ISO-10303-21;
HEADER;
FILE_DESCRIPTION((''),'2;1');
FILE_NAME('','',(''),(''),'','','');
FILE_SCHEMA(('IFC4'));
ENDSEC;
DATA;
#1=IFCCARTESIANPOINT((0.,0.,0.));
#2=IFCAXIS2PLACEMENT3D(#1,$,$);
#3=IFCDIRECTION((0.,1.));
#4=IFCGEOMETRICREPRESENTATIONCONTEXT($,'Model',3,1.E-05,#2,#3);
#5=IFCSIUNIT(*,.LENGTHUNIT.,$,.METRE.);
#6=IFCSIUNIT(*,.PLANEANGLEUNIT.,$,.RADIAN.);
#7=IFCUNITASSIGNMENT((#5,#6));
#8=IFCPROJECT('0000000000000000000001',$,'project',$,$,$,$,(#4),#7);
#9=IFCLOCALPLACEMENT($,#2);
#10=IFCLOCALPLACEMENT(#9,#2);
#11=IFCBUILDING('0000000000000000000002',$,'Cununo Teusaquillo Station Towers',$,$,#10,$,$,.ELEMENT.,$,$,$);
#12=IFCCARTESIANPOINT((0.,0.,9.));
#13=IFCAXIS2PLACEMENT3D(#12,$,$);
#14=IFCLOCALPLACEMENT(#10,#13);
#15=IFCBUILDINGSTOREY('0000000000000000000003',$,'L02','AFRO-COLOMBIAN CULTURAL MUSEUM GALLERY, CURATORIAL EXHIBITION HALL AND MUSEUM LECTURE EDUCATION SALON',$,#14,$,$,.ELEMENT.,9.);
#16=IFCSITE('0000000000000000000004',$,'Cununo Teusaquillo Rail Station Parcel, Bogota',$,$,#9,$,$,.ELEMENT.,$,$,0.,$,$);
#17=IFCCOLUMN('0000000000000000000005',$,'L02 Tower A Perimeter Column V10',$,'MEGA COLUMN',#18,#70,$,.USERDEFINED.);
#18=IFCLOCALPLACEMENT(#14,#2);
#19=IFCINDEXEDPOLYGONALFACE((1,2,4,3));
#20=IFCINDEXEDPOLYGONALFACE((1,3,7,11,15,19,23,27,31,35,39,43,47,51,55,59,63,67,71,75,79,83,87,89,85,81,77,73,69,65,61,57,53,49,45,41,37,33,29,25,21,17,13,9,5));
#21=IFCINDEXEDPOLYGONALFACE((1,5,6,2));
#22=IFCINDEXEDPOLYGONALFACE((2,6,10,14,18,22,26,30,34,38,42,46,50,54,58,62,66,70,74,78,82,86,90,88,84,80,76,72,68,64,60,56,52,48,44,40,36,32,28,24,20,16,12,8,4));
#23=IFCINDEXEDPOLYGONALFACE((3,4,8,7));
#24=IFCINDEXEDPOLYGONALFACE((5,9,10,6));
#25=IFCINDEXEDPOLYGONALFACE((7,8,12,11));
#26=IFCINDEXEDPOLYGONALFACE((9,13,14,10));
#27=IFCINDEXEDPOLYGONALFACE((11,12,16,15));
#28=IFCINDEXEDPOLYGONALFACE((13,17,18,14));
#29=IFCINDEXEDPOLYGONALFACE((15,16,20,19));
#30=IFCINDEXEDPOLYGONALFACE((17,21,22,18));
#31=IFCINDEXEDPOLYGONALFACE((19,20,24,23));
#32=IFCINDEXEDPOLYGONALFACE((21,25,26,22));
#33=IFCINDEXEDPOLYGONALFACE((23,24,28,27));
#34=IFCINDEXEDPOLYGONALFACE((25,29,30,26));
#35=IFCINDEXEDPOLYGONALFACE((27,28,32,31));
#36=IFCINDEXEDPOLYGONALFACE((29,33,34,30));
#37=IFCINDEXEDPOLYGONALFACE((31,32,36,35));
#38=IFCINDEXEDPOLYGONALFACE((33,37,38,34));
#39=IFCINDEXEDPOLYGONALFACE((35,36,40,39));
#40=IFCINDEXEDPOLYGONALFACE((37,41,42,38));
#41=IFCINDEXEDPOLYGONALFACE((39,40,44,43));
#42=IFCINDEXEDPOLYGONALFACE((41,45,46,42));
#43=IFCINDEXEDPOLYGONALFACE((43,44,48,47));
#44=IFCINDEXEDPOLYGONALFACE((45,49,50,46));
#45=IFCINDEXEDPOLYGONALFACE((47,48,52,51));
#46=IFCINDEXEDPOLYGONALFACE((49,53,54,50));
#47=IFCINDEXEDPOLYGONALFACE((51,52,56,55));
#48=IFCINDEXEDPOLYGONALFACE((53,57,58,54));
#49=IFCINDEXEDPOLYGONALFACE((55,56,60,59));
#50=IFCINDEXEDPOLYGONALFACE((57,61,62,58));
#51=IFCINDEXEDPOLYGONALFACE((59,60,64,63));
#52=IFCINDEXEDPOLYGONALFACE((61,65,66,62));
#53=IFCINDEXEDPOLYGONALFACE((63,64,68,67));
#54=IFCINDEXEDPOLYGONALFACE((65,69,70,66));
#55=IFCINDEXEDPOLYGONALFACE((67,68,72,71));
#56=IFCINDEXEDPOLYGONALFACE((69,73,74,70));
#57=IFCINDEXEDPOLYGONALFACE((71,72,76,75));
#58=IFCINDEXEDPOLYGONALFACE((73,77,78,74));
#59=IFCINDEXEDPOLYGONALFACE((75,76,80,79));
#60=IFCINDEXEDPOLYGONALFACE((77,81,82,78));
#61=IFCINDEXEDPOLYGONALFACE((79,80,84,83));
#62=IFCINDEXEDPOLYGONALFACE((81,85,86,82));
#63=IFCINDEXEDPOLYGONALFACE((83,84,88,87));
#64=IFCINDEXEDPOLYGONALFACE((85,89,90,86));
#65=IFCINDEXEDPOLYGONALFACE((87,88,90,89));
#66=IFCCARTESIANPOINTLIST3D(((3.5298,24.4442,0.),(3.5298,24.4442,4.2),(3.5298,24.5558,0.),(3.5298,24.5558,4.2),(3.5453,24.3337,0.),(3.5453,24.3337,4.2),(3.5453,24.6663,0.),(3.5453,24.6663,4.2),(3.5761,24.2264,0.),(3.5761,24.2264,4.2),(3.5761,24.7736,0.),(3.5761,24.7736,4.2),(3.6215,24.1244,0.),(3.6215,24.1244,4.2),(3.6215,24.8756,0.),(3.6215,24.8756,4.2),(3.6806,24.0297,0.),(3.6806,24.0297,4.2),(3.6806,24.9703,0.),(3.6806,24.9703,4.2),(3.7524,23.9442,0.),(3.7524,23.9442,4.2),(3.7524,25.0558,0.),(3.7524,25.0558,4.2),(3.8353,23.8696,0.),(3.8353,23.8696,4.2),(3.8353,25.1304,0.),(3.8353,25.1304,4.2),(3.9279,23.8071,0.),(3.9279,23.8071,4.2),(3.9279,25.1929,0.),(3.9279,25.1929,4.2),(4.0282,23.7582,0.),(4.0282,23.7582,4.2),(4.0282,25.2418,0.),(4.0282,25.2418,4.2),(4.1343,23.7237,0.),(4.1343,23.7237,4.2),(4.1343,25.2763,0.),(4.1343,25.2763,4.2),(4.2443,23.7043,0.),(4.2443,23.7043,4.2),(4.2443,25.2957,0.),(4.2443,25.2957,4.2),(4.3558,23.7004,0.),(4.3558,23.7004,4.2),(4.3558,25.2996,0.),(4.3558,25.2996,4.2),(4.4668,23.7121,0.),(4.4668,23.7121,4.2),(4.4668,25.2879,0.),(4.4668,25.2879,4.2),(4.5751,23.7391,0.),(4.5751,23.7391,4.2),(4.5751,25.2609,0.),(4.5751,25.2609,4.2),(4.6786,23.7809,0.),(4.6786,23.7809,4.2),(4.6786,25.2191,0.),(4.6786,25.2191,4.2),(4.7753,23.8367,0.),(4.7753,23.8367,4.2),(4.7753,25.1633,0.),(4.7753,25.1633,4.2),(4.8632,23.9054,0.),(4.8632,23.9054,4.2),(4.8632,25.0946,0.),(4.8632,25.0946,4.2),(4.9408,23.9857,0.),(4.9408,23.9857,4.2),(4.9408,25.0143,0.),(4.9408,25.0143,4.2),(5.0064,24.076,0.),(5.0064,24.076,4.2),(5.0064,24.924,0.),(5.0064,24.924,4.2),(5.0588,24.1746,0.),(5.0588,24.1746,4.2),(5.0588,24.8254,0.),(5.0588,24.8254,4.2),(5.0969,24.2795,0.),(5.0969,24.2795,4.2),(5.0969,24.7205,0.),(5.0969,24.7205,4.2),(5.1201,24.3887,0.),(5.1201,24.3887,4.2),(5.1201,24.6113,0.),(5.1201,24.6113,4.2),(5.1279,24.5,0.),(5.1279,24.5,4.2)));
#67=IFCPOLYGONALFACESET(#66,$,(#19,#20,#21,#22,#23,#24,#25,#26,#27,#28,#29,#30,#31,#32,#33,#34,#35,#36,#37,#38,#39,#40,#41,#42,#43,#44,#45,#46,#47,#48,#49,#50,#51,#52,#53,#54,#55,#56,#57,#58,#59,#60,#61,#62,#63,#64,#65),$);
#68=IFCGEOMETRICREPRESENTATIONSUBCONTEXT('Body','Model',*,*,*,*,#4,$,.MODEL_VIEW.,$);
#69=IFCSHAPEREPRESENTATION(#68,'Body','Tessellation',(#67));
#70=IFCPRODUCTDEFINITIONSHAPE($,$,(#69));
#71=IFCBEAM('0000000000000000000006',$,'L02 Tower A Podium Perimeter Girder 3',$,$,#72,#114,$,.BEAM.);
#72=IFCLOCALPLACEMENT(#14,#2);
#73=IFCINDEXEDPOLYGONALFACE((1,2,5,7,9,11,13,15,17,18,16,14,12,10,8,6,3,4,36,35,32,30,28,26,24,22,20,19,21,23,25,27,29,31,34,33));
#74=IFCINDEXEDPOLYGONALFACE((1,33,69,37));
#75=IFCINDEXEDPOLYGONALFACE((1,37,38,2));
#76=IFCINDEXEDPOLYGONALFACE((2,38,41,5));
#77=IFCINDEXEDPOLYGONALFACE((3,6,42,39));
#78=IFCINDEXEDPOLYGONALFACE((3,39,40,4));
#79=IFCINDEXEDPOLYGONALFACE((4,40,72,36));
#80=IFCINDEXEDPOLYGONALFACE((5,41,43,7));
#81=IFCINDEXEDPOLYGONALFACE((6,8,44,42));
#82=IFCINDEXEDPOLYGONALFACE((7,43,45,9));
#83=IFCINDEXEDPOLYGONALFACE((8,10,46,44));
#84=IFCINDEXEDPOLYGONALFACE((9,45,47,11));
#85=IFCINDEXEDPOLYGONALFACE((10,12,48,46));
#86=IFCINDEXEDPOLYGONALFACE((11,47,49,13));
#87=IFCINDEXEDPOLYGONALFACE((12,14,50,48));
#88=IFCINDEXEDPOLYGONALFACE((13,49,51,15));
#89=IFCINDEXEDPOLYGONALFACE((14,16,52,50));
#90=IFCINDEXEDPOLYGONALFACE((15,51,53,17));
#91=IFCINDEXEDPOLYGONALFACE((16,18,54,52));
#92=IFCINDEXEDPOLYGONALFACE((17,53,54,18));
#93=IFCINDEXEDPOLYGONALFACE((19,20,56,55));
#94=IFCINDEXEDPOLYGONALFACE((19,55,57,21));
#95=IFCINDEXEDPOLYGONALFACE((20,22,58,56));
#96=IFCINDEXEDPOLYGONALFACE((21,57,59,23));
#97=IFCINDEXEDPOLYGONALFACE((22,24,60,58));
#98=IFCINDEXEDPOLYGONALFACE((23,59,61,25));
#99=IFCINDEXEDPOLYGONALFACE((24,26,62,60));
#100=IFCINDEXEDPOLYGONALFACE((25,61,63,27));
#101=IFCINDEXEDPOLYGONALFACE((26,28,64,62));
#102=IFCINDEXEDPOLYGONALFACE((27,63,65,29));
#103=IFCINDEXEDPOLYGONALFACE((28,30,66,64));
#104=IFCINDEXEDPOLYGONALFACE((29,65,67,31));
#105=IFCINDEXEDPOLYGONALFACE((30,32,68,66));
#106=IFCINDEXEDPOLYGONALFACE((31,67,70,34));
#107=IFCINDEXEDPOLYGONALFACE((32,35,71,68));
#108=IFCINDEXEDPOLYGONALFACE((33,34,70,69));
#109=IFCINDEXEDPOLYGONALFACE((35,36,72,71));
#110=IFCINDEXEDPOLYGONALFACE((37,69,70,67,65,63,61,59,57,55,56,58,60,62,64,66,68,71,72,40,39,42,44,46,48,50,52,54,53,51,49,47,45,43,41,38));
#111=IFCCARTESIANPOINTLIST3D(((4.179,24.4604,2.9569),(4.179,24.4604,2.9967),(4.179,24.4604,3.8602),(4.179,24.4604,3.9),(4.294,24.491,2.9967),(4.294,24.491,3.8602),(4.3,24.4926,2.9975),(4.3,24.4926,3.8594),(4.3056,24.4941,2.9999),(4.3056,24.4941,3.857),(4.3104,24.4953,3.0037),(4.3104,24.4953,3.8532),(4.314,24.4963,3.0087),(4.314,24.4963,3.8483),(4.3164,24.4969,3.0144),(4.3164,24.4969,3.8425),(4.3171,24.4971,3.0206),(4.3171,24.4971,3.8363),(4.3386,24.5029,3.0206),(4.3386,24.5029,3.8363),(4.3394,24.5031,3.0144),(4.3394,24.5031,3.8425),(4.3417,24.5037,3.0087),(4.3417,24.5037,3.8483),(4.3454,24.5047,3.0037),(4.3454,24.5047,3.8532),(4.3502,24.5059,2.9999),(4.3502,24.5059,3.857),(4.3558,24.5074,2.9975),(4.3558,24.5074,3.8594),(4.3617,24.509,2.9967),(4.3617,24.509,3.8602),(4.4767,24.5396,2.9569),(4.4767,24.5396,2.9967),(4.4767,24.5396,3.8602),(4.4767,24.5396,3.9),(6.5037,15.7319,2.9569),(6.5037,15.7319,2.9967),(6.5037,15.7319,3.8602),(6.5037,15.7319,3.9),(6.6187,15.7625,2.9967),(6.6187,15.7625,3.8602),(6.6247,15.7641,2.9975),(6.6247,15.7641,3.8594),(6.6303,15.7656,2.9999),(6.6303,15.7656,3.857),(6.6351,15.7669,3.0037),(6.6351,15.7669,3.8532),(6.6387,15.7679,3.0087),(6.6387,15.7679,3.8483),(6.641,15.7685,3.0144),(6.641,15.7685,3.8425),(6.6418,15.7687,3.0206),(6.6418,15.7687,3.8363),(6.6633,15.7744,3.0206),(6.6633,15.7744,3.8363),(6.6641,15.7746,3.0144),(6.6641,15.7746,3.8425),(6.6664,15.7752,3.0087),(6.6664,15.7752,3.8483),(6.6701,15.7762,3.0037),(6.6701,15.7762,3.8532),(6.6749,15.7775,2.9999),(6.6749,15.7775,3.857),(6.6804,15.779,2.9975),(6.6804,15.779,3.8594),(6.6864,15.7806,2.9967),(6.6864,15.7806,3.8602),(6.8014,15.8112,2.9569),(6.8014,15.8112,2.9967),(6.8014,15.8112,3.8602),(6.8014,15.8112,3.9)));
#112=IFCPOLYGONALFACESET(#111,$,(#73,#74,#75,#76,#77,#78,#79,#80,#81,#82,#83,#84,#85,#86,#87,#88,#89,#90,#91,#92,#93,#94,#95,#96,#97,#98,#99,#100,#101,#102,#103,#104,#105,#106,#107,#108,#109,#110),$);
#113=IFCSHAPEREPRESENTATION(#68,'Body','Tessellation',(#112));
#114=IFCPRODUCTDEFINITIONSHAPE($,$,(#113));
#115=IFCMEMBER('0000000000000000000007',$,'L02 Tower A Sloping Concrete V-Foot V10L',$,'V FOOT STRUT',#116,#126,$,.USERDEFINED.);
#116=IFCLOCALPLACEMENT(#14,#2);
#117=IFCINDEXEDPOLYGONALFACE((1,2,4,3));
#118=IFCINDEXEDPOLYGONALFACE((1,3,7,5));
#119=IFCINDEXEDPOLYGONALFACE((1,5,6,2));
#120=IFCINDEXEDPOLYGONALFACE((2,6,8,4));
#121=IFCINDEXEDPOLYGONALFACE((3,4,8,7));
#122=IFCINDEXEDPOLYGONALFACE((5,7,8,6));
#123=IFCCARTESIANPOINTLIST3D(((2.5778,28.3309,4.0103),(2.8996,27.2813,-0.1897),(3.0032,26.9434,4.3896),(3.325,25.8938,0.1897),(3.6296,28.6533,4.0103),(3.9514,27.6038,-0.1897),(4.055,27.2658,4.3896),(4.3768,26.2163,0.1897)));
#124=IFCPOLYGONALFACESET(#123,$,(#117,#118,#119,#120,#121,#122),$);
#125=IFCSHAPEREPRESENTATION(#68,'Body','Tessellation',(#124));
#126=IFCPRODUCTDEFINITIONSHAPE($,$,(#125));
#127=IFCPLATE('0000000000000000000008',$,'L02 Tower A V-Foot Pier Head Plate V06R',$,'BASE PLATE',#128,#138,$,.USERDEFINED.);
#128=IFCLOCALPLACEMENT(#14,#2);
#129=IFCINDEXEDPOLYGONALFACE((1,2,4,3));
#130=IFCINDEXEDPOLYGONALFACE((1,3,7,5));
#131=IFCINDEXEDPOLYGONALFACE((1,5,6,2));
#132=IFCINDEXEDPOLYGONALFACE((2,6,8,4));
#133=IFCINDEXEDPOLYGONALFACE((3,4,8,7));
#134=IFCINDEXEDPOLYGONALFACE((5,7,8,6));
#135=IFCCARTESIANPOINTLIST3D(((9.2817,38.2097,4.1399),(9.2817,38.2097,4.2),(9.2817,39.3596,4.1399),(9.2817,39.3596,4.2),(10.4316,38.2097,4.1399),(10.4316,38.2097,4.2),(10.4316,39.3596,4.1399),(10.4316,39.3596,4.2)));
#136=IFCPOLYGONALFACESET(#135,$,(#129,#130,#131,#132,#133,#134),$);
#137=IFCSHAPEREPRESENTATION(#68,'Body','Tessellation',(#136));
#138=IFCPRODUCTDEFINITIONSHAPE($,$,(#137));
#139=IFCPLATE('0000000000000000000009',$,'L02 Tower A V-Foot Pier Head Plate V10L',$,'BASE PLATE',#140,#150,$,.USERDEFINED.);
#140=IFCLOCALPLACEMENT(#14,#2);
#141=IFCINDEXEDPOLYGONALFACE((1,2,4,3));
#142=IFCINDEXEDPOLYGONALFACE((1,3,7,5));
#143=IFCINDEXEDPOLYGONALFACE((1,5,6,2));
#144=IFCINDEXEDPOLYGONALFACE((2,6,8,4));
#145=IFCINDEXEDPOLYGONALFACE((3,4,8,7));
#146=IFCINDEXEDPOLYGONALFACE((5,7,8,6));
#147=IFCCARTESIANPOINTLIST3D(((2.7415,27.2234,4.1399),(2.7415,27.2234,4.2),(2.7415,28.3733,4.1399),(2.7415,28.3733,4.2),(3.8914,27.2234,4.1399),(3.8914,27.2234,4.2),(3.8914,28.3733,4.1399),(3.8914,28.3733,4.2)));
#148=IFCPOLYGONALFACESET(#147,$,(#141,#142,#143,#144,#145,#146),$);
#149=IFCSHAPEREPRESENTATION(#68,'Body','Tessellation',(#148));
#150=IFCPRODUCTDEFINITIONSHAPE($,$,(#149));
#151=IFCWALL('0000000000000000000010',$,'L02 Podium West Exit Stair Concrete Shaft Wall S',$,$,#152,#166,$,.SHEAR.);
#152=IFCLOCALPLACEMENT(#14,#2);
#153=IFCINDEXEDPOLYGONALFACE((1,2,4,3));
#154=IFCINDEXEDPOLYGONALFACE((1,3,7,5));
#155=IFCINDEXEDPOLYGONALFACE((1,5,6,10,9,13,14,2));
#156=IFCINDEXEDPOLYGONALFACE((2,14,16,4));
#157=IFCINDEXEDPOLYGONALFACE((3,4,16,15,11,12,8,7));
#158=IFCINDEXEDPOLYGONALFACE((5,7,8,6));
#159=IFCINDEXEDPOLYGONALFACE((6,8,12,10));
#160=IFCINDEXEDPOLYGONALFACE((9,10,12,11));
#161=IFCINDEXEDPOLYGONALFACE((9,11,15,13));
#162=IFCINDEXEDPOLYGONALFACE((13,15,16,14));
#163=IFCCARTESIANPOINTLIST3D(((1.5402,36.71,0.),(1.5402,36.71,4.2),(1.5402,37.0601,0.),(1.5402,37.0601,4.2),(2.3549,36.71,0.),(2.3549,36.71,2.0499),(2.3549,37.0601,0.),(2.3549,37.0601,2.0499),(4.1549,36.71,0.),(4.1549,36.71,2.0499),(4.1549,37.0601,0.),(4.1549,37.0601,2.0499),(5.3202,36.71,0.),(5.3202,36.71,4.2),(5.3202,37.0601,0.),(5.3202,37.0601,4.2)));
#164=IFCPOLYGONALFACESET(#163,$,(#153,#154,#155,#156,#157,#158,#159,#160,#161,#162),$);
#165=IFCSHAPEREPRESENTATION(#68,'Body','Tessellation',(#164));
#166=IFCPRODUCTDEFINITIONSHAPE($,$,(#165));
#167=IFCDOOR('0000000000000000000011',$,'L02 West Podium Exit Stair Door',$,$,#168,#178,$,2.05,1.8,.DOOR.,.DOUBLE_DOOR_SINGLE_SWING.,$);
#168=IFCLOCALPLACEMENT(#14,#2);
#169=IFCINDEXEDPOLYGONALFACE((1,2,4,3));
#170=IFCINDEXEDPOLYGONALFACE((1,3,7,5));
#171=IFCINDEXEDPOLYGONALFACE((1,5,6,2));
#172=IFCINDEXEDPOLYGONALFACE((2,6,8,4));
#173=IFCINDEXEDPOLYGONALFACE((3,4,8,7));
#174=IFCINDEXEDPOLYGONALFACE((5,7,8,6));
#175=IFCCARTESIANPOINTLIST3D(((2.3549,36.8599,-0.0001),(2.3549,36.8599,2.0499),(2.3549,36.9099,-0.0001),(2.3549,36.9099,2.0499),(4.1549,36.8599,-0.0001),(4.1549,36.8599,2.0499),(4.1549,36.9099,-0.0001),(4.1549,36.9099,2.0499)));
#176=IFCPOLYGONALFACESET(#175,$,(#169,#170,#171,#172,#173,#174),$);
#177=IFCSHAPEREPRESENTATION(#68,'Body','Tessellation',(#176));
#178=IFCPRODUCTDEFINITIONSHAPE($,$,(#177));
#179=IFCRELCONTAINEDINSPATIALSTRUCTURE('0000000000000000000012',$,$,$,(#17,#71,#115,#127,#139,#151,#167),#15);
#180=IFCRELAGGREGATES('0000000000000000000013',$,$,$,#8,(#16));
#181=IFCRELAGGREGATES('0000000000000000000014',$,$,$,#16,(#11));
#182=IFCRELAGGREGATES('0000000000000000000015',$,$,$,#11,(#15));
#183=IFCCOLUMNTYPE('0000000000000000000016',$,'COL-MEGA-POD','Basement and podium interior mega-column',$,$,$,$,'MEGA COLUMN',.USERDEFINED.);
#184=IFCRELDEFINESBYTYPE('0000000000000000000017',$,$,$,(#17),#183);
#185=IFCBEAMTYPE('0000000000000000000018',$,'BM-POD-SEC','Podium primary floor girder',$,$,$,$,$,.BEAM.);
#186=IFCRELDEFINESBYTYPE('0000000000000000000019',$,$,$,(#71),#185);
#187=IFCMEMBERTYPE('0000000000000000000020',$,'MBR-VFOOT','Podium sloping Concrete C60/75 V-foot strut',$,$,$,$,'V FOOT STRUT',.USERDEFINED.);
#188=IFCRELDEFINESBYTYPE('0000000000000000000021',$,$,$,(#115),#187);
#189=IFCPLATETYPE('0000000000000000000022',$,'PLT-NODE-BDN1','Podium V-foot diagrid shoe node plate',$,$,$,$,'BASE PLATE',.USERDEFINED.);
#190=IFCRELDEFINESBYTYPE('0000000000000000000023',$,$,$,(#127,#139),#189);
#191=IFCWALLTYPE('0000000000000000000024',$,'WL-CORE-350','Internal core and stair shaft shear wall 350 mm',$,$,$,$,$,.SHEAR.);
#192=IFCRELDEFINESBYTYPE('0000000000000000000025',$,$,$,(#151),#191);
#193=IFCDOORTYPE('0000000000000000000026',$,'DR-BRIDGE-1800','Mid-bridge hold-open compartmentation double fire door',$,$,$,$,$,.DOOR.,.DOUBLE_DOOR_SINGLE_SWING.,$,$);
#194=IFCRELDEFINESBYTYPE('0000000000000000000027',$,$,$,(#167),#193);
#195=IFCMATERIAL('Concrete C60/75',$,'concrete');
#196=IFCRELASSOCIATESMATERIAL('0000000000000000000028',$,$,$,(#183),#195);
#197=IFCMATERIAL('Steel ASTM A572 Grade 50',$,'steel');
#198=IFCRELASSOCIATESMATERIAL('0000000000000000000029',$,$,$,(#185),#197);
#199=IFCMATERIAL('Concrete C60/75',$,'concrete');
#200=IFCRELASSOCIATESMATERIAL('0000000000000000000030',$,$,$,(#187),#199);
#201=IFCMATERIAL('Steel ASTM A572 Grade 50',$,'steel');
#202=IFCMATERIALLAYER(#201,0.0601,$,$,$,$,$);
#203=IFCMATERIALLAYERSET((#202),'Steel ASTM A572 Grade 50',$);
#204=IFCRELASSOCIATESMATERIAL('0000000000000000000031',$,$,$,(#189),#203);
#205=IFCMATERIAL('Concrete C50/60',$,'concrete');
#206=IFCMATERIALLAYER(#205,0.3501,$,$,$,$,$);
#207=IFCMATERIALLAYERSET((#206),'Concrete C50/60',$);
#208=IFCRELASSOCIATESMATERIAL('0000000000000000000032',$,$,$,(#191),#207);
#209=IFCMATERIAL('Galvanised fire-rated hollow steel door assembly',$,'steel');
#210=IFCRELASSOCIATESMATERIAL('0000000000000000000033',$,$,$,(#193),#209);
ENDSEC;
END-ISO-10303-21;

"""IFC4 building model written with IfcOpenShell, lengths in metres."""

from ifc_helpers import new_model, si_unit, direction, frame, frame_2d, origin, origin_2d, place, context, subcontext, project, spatial, rectangle, circle, i_section, extrude, source, transform, mapped, material, layer, layer_set, material_profile, profile_set, type_object, element, fill, save


model = new_model("IFC4")

# Units and contexts
model_context = context("Model", 3, precision=1e-05, world=origin(), true_north=direction((0.0, 1.0)))
body_context = subcontext(model_context, "Body", "Model", "MODEL_VIEW")
ifc_project = project(units=[si_unit("LENGTHUNIT", "METRE"), si_unit("PLANEANGLEUNIT", "RADIAN")], contexts=[model_context])

# Site, building, storey
site_placement = place(None, origin())
site = spatial("IfcSite", under=ifc_project, at=site_placement, Name="Cununo Teusaquillo Rail Station Parcel, Bogota", CompositionType="ELEMENT", RefElevation=0.0)
building_placement = place(site_placement, origin())
building = spatial("IfcBuilding", under=site, at=building_placement, Name="Cununo Teusaquillo Station Towers", CompositionType="ELEMENT")
storey_placement = place(building_placement, frame((0.0, 0.0, 9.0)))
storey = spatial("IfcBuildingStorey", under=building, at=storey_placement, Name="L02", Description="AFRO-COLOMBIAN CULTURAL MUSEUM GALLERY, CURATORIAL EXHIBITION HALL AND MUSEUM LECTURE EDUCATION SALON", CompositionType="ELEMENT", Elevation=9.0)

# Column
ifc_material_1 = material(Name="Concrete C60/75", Category="concrete")
ifc_material_profile_1 = material_profile(ifc_material_1, circle(Radius=0.8, at=origin_2d()), Name="RC-CIRC-1600")
ifc_profile_set_1 = profile_set([ifc_material_profile_1], Name="Concrete C60/75")
column_type = type_object("IfcColumnType", Name="COL-MEGA-POD", Description="Basement and podium interior mega-column", ElementType="MEGA COLUMN", PredefinedType="USERDEFINED", material=ifc_profile_set_1)
column_placement = place(storey_placement, frame((4.3279, 24.5, 0.0), z_axis=(0.0, 0.0, 1.0), x_axis=(1.0, 0.0, 0.0)))
element("IfcColumn", 1, at=column_placement, inside=storey, type_object=column_type, Name="L02 Tower A Perimeter Column V10", ObjectType="MEGA COLUMN", PredefinedType="USERDEFINED", context=body_context, shape_type="SweptSolid", body=[
    extrude(circle(Radius=0.8, at=origin_2d()), origin(), (0.0, 0.0, 1.0), 4.2),
])

# Beam
ifc_material_2 = material(Name="Steel ASTM A572 Grade 50", Category="steel")
ifc_material_profile_2 = material_profile(ifc_material_2, i_section(OverallWidth=0.3081, OverallDepth=0.9431, WebThickness=0.0222, FlangeThickness=0.0398, FilletRadius=0.0239, at=origin_2d()), Name="W36X232")
ifc_profile_set_2 = profile_set([ifc_material_profile_2], Name="Steel ASTM A572 Grade 50")
beam_type = type_object("IfcBeamType", Name="BM-POD-SEC", Description="Podium primary floor girder", PredefinedType="BEAM", material=ifc_profile_set_2)
beam_placement = place(storey_placement, frame((4.3279, 24.5, 3.4285), z_axis=(0.257363, -0.966315, 0.0), x_axis=(0.966315, 0.257363, 0.0)))
element("IfcBeam", 2, at=beam_placement, inside=storey, type_object=beam_type, Name="L02 Tower A Podium Perimeter Girder 3", PredefinedType="BEAM", context=body_context, shape_type="SweptSolid", body=[
    extrude(i_section(OverallWidth=0.3081, OverallDepth=0.9431, WebThickness=0.0222, FlangeThickness=0.0398, FilletRadius=0.0239, at=origin_2d()), origin(), (0.0, 0.0, 1.0), 9.0327),
])

# Member
ifc_material_3 = material(Name="Concrete C60/75", Category="concrete")
ifc_material_profile_3 = material_profile(ifc_material_3, rectangle(XDim=1.1001, YDim=1.5, at=origin_2d()), Name="RC-RECT-1500x1100")
ifc_profile_set_3 = profile_set([ifc_material_profile_3], Name="Concrete C60/75")
member_type = type_object("IfcMemberType", Name="MBR-VFOOT", Description="Podium sloping Concrete C60/75 V-foot strut", ElementType="V FOOT STRUT", PredefinedType="USERDEFINED", material=ifc_profile_set_3)
member_placement = place(storey_placement, frame((3.6382, 26.7488, 0.0), z_axis=(-0.074124, 0.241776, 0.967497), x_axis=(-0.956077, -0.293117, 0.0)))
element("IfcMember", 3, at=member_placement, inside=storey, type_object=member_type, Name="L02 Tower A Sloping Concrete V-Foot V10L", ObjectType="V FOOT STRUT", PredefinedType="USERDEFINED", context=body_context, shape_type="SweptSolid", body=[
    extrude(rectangle(XDim=1.1001, YDim=1.5, at=origin_2d()), origin(), (0.0, 0.0, 1.0), 4.3411),
])

# Plates
ifc_material_4 = material(Name="Steel ASTM A572 Grade 50", Category="steel")
ifc_layer_1 = layer(ifc_material_4, 0.0601)
ifc_layer_set_1 = layer_set([ifc_layer_1], Name="Steel ASTM A572 Grade 50")
plate_type = type_object("IfcPlateType", Name="PLT-NODE-BDN1", Description="Podium V-foot diagrid shoe node plate", ElementType="BASE PLATE", PredefinedType="USERDEFINED", material=ifc_layer_set_1)
shared_shape_1 = source(origin(), body_context, "Body", "SweptSolid", [
    extrude(rectangle(XDim=1.1499, YDim=1.1499, at=origin_2d()), origin(), (0.0, 0.0, 1.0), 0.0601),
])
for number, where, z_axis, x_axis, name in (
    (4, (9.8567, 38.7847, 4.1399), (0.0, 0.0, 1.0), (1.0, 0.0, 0.0), "L02 Tower A V-Foot Pier Head Plate V06R"),
    (5, (3.3164, 27.7983, 4.1399), (0.0, 0.0, 1.0), (1.0, 0.0, 0.0), "L02 Tower A V-Foot Pier Head Plate V10L"),
):
    element("IfcPlate", number, at=place(storey_placement, frame(where, z_axis=z_axis, x_axis=x_axis)), inside=storey, type_object=plate_type, Name=name, ObjectType="BASE PLATE", PredefinedType="USERDEFINED", context=body_context, shape_type="MappedRepresentation", body=[
        mapped(shared_shape_1, transform((0.0, 0.0, 0.0), x_axis=(1.0, 0.0, 0.0), y_axis=(0.0, 1.0, 0.0), z_axis=(0.0, 0.0, 1.0), scale=1.0)),
    ])

# Wall, opening, door
ifc_material_5 = material(Name="Concrete C50/60", Category="concrete")
ifc_layer_2 = layer(ifc_material_5, 0.3501)
ifc_layer_set_2 = layer_set([ifc_layer_2], Name="Concrete C50/60")
wall_type_1 = type_object("IfcWallType", Name="WL-CORE-350", Description="Internal core and stair shaft shear wall 350 mm", PredefinedType="SHEAR", material=ifc_layer_set_2)
wall_1_placement = place(storey_placement, frame((1.54, 36.885, 0.0), z_axis=(0.0, 0.0, 1.0), x_axis=(1.0, 0.0, 0.0)))
wall_1 = element("IfcWall", 6, at=wall_1_placement, inside=storey, type_object=wall_type_1, Name="L02 Podium West Exit Stair Concrete Shaft Wall S", PredefinedType="SHEAR", context=body_context, shape_type="SweptSolid", body=[
    extrude(rectangle(XDim=3.78, YDim=0.3501, at=frame_2d((1.8901, 0.0))), origin(), (0.0, 0.0, 1.0), 4.2),
])
shared_shape_2 = source(origin(), body_context, "Body", "SweptSolid", [
    extrude(rectangle(XDim=1.8, YDim=2.05, at=frame_2d((0.8999, 1.0249))), frame((0.0, 0.1851, 0.0), z_axis=(0.0, -1.0, 0.0), x_axis=(1.0, 0.0, 0.0)), (0.0, 0.0, 1.0), 0.3701),
])
opening_1_placement = place(wall_1_placement, frame((0.8149, 0.0, 0.0)))
opening_1 = element("IfcOpeningElement", 7, at=opening_1_placement, cuts=wall_1, PredefinedType="OPENING", context=body_context, shape_type="MappedRepresentation", body=[
    mapped(shared_shape_2, transform((0.0, 0.0, 0.0), x_axis=(1.0, 0.0, 0.0), y_axis=(0.0, 1.0, 0.0), z_axis=(0.0, 0.0, 1.0), scale=1.0)),
])
ifc_material_6 = material(Name="Galvanised fire-rated hollow steel door assembly", Category="steel")
door_type_1 = type_object("IfcDoorType", Name="DR-BRIDGE-1800", Description="Mid-bridge hold-open compartmentation double fire door", OperationType="DOUBLE_DOOR_SINGLE_SWING", PredefinedType="DOOR", material=ifc_material_6)
shared_shape_3 = source(origin(), body_context, "Body", "SweptSolid", [
    extrude(rectangle(XDim=1.8, YDim=2.05, at=frame_2d((0.8999, 1.0249))), frame((0.0, 0.0249, 0.0), z_axis=(0.0, -1.0, 0.0), x_axis=(1.0, 0.0, 0.0)), (0.0, 0.0, 1.0), 0.05),
])
door_1_placement = place(opening_1_placement, origin())
door_1 = element("IfcDoor", 8, at=door_1_placement, inside=storey, type_object=door_type_1, Name="L02 West Podium Exit Stair Door", OperationType="DOUBLE_DOOR_SINGLE_SWING", OverallHeight=2.05, OverallWidth=1.8, PredefinedType="DOOR", context=body_context, shape_type="MappedRepresentation", body=[
    mapped(shared_shape_3, transform((0.0, 0.0, 0.0), x_axis=(1.0, 0.0, 0.0), y_axis=(0.0, 1.0, 0.0), z_axis=(0.0, 0.0, 1.0), scale=1.0)),
])
fill(opening_1, door_1)

save(model, "model.ifc")
